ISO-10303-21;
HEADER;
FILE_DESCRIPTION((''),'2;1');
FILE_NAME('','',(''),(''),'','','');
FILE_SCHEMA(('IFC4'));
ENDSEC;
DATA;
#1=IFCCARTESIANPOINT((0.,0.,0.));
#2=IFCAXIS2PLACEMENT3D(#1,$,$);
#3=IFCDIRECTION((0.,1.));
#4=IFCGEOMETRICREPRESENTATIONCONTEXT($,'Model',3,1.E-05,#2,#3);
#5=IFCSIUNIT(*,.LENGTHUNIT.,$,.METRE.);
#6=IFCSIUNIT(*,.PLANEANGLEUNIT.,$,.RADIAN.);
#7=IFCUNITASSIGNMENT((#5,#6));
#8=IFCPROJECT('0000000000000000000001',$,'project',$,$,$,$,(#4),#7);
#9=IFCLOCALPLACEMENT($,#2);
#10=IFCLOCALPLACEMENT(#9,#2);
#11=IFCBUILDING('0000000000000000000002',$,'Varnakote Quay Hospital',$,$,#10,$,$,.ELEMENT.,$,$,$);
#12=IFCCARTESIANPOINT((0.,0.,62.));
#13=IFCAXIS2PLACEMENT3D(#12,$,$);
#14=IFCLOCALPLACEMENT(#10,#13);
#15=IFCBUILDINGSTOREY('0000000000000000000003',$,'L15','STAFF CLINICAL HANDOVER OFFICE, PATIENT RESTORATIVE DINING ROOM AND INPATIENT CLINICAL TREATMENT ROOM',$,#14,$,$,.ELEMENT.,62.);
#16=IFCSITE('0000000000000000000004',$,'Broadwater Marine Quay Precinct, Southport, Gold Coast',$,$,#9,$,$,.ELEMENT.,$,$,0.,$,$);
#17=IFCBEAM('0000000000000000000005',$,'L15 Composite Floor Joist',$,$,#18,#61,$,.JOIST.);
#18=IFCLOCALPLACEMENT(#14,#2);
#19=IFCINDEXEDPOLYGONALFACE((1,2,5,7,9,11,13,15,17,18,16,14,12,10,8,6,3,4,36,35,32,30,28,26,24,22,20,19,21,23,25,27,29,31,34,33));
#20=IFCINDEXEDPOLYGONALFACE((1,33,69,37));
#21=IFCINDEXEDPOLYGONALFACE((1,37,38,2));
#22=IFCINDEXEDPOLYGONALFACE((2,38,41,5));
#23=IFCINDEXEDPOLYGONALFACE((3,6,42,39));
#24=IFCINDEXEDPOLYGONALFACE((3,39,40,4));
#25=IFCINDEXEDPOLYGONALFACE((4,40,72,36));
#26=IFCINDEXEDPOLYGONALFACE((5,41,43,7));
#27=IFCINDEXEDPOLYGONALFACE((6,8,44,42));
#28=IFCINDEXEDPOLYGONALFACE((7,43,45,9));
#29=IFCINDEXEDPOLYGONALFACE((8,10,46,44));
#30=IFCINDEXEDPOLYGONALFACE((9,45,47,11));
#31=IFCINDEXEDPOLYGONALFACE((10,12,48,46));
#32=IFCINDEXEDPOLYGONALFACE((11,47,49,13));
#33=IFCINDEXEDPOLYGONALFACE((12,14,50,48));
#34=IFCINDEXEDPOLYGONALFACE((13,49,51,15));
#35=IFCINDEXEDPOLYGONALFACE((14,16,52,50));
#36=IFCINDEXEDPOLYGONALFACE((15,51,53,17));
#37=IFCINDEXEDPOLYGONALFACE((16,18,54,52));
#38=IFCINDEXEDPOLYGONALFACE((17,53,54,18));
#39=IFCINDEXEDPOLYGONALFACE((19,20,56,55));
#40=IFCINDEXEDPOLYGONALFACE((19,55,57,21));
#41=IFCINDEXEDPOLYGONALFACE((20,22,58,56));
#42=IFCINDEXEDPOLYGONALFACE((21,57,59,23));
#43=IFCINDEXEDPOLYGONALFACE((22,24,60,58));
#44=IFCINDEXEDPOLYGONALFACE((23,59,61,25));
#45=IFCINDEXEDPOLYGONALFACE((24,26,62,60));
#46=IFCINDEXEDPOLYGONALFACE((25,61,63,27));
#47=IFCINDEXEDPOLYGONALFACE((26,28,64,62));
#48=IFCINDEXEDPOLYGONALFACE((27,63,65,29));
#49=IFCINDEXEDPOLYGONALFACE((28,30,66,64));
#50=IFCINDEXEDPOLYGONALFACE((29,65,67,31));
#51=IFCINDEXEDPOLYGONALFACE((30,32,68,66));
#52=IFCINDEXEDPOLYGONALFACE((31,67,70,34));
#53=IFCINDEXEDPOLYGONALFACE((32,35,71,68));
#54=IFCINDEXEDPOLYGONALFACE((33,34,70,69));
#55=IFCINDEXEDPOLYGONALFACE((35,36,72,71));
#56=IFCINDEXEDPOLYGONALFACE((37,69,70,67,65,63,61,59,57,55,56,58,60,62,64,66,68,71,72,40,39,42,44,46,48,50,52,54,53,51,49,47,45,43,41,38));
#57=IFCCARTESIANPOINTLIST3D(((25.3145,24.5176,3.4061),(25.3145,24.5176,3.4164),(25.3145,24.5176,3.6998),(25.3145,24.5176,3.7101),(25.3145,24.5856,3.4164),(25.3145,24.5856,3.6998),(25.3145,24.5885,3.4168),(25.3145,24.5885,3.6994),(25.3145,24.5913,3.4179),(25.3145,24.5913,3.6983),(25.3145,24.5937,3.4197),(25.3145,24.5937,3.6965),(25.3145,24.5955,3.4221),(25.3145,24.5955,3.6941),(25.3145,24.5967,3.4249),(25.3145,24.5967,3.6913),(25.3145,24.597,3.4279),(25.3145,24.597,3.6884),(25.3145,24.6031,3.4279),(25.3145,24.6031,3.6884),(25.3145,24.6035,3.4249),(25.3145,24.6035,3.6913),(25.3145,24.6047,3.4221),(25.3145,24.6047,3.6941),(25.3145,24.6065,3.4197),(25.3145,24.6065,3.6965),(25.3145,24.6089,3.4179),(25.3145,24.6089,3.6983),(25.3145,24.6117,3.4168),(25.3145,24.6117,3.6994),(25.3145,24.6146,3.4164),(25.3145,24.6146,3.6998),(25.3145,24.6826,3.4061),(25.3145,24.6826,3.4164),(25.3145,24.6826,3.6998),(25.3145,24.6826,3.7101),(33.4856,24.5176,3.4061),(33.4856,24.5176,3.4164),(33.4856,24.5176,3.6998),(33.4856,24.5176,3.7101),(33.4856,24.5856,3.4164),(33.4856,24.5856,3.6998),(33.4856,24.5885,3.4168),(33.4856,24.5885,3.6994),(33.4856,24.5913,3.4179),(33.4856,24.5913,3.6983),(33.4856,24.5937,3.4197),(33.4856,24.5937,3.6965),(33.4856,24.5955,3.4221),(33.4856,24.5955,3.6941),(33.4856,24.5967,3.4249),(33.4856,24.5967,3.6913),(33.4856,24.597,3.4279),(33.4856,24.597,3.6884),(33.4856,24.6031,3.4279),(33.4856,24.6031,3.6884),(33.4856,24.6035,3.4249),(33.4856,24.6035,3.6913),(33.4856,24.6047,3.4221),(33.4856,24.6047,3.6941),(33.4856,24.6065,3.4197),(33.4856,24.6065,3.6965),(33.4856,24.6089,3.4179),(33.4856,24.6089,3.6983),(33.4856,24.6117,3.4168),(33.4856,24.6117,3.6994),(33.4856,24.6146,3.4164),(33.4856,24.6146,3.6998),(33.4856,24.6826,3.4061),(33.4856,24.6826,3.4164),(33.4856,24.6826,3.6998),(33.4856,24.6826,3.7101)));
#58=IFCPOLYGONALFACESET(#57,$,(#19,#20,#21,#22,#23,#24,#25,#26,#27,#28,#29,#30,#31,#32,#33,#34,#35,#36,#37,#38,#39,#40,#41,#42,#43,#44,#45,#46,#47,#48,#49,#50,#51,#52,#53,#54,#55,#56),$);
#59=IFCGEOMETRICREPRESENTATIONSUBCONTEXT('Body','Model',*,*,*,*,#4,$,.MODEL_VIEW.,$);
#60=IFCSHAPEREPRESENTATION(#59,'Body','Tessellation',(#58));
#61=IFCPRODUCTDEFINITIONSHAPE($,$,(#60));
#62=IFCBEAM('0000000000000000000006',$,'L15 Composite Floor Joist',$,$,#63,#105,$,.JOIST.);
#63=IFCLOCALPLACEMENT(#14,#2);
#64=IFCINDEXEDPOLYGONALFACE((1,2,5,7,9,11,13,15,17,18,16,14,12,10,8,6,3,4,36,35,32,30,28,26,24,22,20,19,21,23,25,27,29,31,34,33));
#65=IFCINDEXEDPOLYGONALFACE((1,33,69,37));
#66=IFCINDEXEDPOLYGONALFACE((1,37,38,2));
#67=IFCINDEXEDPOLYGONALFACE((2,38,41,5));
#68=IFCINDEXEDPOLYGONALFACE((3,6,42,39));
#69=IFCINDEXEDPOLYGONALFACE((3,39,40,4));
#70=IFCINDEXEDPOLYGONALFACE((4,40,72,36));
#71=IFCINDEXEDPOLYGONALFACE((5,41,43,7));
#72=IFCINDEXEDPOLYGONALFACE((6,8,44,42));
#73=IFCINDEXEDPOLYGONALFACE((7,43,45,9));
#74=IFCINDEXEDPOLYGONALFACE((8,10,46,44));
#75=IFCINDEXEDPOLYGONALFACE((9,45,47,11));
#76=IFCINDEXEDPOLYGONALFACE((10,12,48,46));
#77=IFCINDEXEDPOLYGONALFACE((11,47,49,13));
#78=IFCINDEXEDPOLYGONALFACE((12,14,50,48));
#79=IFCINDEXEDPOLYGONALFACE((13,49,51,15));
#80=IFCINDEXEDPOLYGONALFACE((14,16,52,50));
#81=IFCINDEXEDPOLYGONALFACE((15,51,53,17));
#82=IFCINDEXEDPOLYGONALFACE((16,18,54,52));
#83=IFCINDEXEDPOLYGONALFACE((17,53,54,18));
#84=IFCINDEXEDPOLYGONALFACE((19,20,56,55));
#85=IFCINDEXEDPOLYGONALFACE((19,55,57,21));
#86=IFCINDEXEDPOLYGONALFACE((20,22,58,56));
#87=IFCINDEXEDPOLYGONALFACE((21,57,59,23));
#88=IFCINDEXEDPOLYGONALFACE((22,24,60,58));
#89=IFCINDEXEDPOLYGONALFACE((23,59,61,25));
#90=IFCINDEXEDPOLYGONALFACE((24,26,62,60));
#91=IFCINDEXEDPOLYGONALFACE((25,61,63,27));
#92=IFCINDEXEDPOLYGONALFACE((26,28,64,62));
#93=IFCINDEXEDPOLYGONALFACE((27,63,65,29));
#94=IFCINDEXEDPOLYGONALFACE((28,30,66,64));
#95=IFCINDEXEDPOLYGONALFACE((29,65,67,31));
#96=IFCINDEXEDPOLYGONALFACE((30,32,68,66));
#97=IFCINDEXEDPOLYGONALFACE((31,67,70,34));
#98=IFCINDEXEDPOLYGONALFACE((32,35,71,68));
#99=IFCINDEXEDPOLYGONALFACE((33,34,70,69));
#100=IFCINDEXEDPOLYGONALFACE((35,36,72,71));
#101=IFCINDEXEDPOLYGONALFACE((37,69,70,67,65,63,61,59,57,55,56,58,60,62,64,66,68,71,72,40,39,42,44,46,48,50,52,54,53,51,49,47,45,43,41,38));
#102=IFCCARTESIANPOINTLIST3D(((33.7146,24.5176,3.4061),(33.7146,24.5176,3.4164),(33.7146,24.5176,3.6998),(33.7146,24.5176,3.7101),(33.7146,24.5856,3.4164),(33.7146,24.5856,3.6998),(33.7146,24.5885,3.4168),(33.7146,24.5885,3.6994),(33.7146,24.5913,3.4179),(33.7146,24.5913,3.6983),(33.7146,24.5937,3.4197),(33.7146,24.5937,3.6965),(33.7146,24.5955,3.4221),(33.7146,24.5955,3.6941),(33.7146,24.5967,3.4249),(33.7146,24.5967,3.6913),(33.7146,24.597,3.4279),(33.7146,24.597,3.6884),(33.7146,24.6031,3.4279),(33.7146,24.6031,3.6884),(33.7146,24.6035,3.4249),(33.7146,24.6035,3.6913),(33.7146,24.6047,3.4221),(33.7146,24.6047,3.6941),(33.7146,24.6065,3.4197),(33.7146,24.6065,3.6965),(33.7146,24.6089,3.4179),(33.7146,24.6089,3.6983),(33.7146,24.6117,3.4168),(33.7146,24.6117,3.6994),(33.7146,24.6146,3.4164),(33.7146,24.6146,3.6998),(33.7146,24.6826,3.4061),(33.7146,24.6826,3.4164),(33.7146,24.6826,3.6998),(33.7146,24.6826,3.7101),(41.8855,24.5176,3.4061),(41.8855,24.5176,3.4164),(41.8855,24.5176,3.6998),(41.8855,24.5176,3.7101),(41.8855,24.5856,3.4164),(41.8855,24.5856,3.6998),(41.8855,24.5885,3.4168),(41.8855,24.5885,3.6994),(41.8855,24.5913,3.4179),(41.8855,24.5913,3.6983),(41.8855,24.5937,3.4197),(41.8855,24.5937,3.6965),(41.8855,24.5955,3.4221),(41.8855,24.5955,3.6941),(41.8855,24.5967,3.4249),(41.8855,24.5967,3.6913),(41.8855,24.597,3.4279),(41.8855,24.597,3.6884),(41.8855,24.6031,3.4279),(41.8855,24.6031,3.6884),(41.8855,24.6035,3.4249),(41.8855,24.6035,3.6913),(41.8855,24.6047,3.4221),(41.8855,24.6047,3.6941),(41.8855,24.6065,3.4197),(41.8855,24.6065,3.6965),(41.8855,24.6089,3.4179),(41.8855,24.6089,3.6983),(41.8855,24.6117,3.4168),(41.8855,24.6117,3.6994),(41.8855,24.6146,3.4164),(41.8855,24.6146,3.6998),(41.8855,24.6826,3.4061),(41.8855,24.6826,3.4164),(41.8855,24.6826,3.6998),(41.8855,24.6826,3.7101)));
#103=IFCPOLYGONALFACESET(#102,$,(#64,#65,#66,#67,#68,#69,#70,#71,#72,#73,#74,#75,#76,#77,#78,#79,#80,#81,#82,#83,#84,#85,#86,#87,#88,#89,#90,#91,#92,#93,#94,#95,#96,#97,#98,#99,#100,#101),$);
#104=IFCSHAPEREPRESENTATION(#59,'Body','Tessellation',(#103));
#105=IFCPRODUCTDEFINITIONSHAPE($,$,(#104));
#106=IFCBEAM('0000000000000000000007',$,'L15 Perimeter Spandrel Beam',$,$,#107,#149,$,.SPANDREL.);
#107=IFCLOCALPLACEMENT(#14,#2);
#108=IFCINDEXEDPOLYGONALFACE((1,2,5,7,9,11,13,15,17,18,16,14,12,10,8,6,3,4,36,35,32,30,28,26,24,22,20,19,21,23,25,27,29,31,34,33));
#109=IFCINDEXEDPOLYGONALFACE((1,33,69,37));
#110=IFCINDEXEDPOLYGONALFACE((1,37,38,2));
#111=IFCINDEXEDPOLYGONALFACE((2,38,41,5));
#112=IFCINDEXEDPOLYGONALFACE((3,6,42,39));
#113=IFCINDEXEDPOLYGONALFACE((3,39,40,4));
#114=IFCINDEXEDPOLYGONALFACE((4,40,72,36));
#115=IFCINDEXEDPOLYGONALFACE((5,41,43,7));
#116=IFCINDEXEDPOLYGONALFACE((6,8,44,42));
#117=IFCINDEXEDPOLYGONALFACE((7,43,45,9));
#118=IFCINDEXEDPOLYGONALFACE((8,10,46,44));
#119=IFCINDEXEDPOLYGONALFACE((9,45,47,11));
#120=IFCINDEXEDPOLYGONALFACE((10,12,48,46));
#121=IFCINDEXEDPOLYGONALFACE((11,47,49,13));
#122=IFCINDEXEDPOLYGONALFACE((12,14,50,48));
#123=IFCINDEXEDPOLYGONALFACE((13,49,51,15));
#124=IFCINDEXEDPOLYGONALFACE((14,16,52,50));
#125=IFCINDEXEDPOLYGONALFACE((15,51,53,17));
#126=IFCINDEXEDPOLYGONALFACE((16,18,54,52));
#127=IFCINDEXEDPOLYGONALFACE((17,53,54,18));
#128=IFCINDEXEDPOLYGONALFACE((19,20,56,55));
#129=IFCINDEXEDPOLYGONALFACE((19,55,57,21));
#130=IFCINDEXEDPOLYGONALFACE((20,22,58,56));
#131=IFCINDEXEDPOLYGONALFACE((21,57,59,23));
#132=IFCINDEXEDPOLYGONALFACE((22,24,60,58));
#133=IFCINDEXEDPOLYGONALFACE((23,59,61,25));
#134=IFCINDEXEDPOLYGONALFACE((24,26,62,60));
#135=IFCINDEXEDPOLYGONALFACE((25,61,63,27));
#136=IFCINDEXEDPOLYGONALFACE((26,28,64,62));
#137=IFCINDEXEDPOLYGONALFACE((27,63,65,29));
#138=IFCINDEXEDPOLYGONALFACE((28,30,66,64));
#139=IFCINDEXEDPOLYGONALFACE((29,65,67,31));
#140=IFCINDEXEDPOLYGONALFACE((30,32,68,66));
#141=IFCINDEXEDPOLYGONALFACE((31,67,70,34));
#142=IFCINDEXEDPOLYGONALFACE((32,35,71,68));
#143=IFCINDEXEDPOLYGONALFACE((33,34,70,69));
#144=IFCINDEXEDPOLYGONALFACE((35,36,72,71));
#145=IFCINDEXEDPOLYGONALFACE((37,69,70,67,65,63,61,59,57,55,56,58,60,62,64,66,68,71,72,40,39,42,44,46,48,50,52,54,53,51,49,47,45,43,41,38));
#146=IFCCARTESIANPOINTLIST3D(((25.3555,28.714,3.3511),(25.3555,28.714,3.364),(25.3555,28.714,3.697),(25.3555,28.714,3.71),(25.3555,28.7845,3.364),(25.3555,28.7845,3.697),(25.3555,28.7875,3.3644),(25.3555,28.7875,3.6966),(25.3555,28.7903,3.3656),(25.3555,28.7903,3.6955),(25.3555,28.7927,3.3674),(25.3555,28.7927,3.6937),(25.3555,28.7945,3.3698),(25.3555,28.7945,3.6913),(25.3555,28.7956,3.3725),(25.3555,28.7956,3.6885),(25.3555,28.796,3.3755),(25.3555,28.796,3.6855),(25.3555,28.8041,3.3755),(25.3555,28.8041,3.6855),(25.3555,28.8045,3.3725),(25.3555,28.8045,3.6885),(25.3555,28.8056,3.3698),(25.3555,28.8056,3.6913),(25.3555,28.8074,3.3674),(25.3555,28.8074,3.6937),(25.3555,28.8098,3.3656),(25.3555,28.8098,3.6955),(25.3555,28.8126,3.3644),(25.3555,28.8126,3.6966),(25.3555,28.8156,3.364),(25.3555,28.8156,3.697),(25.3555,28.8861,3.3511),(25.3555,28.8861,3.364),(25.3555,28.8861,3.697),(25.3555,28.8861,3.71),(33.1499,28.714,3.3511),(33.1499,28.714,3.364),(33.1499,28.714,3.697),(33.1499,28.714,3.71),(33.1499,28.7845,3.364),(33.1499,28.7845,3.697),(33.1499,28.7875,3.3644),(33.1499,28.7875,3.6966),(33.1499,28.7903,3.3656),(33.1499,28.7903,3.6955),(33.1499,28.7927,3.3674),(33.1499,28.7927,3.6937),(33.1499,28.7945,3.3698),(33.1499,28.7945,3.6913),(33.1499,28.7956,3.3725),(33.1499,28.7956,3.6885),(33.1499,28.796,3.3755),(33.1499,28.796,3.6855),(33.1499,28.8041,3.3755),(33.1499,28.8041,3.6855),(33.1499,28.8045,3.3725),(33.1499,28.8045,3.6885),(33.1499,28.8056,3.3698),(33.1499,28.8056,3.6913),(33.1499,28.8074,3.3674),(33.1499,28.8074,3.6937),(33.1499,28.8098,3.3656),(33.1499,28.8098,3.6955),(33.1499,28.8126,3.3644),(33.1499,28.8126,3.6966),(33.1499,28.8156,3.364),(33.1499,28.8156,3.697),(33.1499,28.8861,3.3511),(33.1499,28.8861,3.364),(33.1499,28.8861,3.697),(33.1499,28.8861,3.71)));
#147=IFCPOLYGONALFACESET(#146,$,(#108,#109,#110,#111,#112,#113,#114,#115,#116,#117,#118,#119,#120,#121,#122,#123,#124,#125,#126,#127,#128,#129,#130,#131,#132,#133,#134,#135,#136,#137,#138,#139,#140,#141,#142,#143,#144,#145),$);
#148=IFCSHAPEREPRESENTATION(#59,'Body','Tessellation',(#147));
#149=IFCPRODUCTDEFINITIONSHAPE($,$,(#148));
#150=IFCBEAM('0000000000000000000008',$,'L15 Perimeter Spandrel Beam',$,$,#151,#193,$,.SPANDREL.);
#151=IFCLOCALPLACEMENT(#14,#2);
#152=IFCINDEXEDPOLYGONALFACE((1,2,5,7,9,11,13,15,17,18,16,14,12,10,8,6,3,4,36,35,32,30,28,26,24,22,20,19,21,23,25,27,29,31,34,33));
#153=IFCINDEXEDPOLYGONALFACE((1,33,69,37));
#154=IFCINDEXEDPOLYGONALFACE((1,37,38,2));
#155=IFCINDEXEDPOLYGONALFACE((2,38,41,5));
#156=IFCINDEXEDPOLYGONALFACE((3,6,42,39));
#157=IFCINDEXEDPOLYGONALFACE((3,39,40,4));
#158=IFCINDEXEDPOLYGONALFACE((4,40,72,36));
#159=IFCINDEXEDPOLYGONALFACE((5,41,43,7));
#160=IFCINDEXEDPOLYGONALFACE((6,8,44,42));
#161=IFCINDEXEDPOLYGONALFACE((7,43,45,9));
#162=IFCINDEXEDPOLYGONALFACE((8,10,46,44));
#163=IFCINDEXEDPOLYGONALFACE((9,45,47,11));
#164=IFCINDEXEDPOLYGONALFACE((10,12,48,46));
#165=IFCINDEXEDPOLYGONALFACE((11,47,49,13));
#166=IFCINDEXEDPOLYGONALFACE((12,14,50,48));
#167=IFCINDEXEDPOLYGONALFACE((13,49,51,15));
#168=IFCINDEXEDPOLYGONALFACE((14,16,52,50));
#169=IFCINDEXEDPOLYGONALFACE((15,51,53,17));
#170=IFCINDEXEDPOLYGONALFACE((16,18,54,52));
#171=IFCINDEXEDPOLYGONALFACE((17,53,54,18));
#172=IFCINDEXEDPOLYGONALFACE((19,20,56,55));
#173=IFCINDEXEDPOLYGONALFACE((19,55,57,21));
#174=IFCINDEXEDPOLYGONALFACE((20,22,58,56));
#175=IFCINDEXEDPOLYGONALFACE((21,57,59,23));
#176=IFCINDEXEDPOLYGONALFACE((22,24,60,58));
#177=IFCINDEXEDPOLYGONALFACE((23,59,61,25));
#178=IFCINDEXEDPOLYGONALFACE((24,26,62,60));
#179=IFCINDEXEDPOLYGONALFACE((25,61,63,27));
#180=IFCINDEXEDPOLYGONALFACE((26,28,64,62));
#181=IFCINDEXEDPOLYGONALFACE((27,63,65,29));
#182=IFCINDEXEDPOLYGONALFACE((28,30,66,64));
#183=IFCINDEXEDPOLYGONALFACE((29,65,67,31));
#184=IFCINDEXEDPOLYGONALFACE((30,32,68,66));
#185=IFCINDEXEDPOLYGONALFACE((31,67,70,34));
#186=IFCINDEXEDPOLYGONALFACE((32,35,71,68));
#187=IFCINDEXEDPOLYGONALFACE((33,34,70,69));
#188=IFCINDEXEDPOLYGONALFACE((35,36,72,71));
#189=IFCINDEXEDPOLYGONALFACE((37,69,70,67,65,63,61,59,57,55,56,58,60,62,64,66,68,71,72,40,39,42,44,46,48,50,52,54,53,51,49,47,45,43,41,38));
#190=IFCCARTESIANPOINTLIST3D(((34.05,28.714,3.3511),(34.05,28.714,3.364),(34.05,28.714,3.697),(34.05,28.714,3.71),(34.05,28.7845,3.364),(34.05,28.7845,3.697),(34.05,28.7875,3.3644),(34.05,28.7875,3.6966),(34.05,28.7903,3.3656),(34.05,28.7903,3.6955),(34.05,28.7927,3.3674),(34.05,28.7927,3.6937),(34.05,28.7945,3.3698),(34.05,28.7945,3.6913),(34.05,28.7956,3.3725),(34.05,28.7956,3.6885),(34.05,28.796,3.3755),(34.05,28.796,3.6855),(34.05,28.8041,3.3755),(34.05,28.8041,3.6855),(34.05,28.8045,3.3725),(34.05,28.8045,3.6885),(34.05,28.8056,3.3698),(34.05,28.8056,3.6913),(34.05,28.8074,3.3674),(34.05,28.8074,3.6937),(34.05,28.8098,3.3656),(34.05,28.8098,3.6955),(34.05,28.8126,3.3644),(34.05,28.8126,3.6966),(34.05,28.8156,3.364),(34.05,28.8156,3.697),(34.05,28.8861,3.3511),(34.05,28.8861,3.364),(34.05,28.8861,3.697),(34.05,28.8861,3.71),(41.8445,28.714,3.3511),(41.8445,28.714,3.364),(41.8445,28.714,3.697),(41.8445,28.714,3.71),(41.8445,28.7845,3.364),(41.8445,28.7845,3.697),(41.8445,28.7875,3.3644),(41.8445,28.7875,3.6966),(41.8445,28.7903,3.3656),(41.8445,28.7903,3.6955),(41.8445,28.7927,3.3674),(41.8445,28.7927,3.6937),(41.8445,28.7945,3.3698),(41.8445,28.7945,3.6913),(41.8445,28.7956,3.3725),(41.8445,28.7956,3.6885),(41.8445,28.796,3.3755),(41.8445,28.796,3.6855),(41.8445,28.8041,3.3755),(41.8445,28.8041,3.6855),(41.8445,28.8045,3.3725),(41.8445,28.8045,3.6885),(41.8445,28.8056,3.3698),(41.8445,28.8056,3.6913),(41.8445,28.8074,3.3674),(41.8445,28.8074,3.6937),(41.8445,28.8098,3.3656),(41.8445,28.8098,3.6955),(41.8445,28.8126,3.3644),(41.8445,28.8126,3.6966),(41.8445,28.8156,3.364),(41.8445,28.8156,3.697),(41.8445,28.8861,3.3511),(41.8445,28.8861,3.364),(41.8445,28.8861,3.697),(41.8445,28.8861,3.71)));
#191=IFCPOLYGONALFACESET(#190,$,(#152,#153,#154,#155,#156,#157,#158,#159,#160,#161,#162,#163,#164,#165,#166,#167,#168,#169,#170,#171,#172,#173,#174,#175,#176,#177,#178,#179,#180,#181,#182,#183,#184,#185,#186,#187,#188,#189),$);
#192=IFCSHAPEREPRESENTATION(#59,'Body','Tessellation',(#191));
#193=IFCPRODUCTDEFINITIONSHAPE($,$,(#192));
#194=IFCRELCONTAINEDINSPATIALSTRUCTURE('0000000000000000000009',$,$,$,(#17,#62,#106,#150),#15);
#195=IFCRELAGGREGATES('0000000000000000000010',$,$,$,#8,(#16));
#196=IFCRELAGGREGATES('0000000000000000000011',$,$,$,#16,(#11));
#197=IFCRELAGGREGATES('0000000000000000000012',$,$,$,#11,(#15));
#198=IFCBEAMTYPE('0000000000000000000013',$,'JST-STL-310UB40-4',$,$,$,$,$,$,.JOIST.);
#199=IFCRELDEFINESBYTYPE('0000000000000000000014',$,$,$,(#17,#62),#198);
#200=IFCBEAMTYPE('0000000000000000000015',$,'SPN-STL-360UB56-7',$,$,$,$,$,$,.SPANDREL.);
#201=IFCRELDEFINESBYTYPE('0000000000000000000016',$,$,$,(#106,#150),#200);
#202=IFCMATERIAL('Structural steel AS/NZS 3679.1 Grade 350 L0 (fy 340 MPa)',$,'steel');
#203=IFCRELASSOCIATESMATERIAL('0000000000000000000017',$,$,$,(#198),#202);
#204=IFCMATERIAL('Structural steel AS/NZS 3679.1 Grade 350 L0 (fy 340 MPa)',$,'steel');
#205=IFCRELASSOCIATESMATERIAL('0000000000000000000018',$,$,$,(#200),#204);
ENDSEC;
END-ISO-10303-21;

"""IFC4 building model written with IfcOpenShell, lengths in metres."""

from ifc_helpers import new_model, si_unit, direction, frame, origin, origin_2d, place, context, subcontext, project, spatial, i_section, extrude, material, material_profile, profile_set, type_object, element, save


model = new_model("IFC4")

# Units and contexts
model_context = context("Model", 3, precision=1e-05, world=origin(), true_north=direction((0.0, 1.0)))
body_context = subcontext(model_context, "Body", "Model", "MODEL_VIEW")
ifc_project = project(units=[si_unit("LENGTHUNIT", "METRE"), si_unit("PLANEANGLEUNIT", "RADIAN")], contexts=[model_context])

# Site, building, storey
site_placement = place(None, origin())
site = spatial("IfcSite", under=ifc_project, at=site_placement, Name="Broadwater Marine Quay Precinct, Southport, Gold Coast", CompositionType="ELEMENT", RefElevation=0.0)
building_placement = place(site_placement, origin())
building = spatial("IfcBuilding", under=site, at=building_placement, Name="Varnakote Quay Hospital", CompositionType="ELEMENT")
storey_placement = place(building_placement, frame((0.0, 0.0, 62.0)))
storey = spatial("IfcBuildingStorey", under=building, at=storey_placement, Name="L15", Description="STAFF CLINICAL HANDOVER OFFICE, PATIENT RESTORATIVE DINING ROOM AND INPATIENT CLINICAL TREATMENT ROOM", CompositionType="ELEMENT", Elevation=62.0)

# Beams
ifc_material_1 = material(Name="Structural steel AS/NZS 3679.1 Grade 350 L0 (fy 340 MPa)", Category="steel")
ifc_material_profile_1 = material_profile(ifc_material_1, i_section(OverallWidth=0.165, OverallDepth=0.304, WebThickness=0.0061, FlangeThickness=0.0103, FilletRadius=0.0115, at=origin_2d()), Name="310UB40.4")
ifc_profile_set_1 = profile_set([ifc_material_profile_1], Name="Structural steel AS/NZS 3679.1 Grade 350 L0 (fy 340 MPa)")
beam_type_1 = type_object("IfcBeamType", Name="JST-STL-310UB40-4", PredefinedType="JOIST", material=ifc_profile_set_1)
beam_1_placement = place(storey_placement, frame((25.3145, 24.6001, 3.5581), z_axis=(1.0, 0.0, 0.0), x_axis=(0.0, 1.0, 0.0)))
element("IfcBeam", 1, at=beam_1_placement, inside=storey, type_object=beam_type_1, Name="L15 Composite Floor Joist", PredefinedType="JOIST", context=body_context, shape_type="SweptSolid", body=[
    extrude(i_section(OverallWidth=0.165, OverallDepth=0.304, WebThickness=0.0061, FlangeThickness=0.0103, FilletRadius=0.0115, at=origin_2d()), origin(), (0.0, 0.0, 1.0), 8.1711),
])
beam_2_placement = place(storey_placement, frame((33.7146, 24.6001, 3.5581), z_axis=(1.0, 0.0, 0.0), x_axis=(0.0, 1.0, 0.0)))
element("IfcBeam", 2, at=beam_2_placement, inside=storey, type_object=beam_type_1, Name="L15 Composite Floor Joist", PredefinedType="JOIST", context=body_context, shape_type="SweptSolid", body=[
    extrude(i_section(OverallWidth=0.165, OverallDepth=0.304, WebThickness=0.0061, FlangeThickness=0.0103, FilletRadius=0.0115, at=origin_2d()), origin(), (0.0, 0.0, 1.0), 8.1709),
])
ifc_material_2 = material(Name="Structural steel AS/NZS 3679.1 Grade 350 L0 (fy 340 MPa)", Category="steel")
ifc_material_profile_2 = material_profile(ifc_material_2, i_section(OverallWidth=0.1721, OverallDepth=0.3589, WebThickness=0.0081, FlangeThickness=0.0129, FilletRadius=0.0115, at=origin_2d()), Name="360UB56.7")
ifc_profile_set_2 = profile_set([ifc_material_profile_2], Name="Structural steel AS/NZS 3679.1 Grade 350 L0 (fy 340 MPa)")
beam_type_2 = type_object("IfcBeamType", Name="SPN-STL-360UB56-7", PredefinedType="SPANDREL", material=ifc_profile_set_2)
for number, where, z_axis, x_axis, name in (
    (3, (25.3555, 28.8, 3.5305), (1.0, 0.0, 0.0), (0.0, 1.0, 0.0), "L15 Perimeter Spandrel Beam"),
    (4, (34.05, 28.8, 3.5305), (1.0, 0.0, 0.0), (0.0, 1.0, 0.0), "L15 Perimeter Spandrel Beam"),
):
    element("IfcBeam", number, at=place(storey_placement, frame(where, z_axis=z_axis, x_axis=x_axis)), inside=storey, type_object=beam_type_2, Name=name, PredefinedType="SPANDREL", context=body_context, shape_type="SweptSolid", body=[
        extrude(i_section(OverallWidth=0.1721, OverallDepth=0.3589, WebThickness=0.0081, FlangeThickness=0.0129, FilletRadius=0.0115, at=origin_2d()), origin(), (0.0, 0.0, 1.0), 7.7944),
    ])

save(model, "model.ifc")
